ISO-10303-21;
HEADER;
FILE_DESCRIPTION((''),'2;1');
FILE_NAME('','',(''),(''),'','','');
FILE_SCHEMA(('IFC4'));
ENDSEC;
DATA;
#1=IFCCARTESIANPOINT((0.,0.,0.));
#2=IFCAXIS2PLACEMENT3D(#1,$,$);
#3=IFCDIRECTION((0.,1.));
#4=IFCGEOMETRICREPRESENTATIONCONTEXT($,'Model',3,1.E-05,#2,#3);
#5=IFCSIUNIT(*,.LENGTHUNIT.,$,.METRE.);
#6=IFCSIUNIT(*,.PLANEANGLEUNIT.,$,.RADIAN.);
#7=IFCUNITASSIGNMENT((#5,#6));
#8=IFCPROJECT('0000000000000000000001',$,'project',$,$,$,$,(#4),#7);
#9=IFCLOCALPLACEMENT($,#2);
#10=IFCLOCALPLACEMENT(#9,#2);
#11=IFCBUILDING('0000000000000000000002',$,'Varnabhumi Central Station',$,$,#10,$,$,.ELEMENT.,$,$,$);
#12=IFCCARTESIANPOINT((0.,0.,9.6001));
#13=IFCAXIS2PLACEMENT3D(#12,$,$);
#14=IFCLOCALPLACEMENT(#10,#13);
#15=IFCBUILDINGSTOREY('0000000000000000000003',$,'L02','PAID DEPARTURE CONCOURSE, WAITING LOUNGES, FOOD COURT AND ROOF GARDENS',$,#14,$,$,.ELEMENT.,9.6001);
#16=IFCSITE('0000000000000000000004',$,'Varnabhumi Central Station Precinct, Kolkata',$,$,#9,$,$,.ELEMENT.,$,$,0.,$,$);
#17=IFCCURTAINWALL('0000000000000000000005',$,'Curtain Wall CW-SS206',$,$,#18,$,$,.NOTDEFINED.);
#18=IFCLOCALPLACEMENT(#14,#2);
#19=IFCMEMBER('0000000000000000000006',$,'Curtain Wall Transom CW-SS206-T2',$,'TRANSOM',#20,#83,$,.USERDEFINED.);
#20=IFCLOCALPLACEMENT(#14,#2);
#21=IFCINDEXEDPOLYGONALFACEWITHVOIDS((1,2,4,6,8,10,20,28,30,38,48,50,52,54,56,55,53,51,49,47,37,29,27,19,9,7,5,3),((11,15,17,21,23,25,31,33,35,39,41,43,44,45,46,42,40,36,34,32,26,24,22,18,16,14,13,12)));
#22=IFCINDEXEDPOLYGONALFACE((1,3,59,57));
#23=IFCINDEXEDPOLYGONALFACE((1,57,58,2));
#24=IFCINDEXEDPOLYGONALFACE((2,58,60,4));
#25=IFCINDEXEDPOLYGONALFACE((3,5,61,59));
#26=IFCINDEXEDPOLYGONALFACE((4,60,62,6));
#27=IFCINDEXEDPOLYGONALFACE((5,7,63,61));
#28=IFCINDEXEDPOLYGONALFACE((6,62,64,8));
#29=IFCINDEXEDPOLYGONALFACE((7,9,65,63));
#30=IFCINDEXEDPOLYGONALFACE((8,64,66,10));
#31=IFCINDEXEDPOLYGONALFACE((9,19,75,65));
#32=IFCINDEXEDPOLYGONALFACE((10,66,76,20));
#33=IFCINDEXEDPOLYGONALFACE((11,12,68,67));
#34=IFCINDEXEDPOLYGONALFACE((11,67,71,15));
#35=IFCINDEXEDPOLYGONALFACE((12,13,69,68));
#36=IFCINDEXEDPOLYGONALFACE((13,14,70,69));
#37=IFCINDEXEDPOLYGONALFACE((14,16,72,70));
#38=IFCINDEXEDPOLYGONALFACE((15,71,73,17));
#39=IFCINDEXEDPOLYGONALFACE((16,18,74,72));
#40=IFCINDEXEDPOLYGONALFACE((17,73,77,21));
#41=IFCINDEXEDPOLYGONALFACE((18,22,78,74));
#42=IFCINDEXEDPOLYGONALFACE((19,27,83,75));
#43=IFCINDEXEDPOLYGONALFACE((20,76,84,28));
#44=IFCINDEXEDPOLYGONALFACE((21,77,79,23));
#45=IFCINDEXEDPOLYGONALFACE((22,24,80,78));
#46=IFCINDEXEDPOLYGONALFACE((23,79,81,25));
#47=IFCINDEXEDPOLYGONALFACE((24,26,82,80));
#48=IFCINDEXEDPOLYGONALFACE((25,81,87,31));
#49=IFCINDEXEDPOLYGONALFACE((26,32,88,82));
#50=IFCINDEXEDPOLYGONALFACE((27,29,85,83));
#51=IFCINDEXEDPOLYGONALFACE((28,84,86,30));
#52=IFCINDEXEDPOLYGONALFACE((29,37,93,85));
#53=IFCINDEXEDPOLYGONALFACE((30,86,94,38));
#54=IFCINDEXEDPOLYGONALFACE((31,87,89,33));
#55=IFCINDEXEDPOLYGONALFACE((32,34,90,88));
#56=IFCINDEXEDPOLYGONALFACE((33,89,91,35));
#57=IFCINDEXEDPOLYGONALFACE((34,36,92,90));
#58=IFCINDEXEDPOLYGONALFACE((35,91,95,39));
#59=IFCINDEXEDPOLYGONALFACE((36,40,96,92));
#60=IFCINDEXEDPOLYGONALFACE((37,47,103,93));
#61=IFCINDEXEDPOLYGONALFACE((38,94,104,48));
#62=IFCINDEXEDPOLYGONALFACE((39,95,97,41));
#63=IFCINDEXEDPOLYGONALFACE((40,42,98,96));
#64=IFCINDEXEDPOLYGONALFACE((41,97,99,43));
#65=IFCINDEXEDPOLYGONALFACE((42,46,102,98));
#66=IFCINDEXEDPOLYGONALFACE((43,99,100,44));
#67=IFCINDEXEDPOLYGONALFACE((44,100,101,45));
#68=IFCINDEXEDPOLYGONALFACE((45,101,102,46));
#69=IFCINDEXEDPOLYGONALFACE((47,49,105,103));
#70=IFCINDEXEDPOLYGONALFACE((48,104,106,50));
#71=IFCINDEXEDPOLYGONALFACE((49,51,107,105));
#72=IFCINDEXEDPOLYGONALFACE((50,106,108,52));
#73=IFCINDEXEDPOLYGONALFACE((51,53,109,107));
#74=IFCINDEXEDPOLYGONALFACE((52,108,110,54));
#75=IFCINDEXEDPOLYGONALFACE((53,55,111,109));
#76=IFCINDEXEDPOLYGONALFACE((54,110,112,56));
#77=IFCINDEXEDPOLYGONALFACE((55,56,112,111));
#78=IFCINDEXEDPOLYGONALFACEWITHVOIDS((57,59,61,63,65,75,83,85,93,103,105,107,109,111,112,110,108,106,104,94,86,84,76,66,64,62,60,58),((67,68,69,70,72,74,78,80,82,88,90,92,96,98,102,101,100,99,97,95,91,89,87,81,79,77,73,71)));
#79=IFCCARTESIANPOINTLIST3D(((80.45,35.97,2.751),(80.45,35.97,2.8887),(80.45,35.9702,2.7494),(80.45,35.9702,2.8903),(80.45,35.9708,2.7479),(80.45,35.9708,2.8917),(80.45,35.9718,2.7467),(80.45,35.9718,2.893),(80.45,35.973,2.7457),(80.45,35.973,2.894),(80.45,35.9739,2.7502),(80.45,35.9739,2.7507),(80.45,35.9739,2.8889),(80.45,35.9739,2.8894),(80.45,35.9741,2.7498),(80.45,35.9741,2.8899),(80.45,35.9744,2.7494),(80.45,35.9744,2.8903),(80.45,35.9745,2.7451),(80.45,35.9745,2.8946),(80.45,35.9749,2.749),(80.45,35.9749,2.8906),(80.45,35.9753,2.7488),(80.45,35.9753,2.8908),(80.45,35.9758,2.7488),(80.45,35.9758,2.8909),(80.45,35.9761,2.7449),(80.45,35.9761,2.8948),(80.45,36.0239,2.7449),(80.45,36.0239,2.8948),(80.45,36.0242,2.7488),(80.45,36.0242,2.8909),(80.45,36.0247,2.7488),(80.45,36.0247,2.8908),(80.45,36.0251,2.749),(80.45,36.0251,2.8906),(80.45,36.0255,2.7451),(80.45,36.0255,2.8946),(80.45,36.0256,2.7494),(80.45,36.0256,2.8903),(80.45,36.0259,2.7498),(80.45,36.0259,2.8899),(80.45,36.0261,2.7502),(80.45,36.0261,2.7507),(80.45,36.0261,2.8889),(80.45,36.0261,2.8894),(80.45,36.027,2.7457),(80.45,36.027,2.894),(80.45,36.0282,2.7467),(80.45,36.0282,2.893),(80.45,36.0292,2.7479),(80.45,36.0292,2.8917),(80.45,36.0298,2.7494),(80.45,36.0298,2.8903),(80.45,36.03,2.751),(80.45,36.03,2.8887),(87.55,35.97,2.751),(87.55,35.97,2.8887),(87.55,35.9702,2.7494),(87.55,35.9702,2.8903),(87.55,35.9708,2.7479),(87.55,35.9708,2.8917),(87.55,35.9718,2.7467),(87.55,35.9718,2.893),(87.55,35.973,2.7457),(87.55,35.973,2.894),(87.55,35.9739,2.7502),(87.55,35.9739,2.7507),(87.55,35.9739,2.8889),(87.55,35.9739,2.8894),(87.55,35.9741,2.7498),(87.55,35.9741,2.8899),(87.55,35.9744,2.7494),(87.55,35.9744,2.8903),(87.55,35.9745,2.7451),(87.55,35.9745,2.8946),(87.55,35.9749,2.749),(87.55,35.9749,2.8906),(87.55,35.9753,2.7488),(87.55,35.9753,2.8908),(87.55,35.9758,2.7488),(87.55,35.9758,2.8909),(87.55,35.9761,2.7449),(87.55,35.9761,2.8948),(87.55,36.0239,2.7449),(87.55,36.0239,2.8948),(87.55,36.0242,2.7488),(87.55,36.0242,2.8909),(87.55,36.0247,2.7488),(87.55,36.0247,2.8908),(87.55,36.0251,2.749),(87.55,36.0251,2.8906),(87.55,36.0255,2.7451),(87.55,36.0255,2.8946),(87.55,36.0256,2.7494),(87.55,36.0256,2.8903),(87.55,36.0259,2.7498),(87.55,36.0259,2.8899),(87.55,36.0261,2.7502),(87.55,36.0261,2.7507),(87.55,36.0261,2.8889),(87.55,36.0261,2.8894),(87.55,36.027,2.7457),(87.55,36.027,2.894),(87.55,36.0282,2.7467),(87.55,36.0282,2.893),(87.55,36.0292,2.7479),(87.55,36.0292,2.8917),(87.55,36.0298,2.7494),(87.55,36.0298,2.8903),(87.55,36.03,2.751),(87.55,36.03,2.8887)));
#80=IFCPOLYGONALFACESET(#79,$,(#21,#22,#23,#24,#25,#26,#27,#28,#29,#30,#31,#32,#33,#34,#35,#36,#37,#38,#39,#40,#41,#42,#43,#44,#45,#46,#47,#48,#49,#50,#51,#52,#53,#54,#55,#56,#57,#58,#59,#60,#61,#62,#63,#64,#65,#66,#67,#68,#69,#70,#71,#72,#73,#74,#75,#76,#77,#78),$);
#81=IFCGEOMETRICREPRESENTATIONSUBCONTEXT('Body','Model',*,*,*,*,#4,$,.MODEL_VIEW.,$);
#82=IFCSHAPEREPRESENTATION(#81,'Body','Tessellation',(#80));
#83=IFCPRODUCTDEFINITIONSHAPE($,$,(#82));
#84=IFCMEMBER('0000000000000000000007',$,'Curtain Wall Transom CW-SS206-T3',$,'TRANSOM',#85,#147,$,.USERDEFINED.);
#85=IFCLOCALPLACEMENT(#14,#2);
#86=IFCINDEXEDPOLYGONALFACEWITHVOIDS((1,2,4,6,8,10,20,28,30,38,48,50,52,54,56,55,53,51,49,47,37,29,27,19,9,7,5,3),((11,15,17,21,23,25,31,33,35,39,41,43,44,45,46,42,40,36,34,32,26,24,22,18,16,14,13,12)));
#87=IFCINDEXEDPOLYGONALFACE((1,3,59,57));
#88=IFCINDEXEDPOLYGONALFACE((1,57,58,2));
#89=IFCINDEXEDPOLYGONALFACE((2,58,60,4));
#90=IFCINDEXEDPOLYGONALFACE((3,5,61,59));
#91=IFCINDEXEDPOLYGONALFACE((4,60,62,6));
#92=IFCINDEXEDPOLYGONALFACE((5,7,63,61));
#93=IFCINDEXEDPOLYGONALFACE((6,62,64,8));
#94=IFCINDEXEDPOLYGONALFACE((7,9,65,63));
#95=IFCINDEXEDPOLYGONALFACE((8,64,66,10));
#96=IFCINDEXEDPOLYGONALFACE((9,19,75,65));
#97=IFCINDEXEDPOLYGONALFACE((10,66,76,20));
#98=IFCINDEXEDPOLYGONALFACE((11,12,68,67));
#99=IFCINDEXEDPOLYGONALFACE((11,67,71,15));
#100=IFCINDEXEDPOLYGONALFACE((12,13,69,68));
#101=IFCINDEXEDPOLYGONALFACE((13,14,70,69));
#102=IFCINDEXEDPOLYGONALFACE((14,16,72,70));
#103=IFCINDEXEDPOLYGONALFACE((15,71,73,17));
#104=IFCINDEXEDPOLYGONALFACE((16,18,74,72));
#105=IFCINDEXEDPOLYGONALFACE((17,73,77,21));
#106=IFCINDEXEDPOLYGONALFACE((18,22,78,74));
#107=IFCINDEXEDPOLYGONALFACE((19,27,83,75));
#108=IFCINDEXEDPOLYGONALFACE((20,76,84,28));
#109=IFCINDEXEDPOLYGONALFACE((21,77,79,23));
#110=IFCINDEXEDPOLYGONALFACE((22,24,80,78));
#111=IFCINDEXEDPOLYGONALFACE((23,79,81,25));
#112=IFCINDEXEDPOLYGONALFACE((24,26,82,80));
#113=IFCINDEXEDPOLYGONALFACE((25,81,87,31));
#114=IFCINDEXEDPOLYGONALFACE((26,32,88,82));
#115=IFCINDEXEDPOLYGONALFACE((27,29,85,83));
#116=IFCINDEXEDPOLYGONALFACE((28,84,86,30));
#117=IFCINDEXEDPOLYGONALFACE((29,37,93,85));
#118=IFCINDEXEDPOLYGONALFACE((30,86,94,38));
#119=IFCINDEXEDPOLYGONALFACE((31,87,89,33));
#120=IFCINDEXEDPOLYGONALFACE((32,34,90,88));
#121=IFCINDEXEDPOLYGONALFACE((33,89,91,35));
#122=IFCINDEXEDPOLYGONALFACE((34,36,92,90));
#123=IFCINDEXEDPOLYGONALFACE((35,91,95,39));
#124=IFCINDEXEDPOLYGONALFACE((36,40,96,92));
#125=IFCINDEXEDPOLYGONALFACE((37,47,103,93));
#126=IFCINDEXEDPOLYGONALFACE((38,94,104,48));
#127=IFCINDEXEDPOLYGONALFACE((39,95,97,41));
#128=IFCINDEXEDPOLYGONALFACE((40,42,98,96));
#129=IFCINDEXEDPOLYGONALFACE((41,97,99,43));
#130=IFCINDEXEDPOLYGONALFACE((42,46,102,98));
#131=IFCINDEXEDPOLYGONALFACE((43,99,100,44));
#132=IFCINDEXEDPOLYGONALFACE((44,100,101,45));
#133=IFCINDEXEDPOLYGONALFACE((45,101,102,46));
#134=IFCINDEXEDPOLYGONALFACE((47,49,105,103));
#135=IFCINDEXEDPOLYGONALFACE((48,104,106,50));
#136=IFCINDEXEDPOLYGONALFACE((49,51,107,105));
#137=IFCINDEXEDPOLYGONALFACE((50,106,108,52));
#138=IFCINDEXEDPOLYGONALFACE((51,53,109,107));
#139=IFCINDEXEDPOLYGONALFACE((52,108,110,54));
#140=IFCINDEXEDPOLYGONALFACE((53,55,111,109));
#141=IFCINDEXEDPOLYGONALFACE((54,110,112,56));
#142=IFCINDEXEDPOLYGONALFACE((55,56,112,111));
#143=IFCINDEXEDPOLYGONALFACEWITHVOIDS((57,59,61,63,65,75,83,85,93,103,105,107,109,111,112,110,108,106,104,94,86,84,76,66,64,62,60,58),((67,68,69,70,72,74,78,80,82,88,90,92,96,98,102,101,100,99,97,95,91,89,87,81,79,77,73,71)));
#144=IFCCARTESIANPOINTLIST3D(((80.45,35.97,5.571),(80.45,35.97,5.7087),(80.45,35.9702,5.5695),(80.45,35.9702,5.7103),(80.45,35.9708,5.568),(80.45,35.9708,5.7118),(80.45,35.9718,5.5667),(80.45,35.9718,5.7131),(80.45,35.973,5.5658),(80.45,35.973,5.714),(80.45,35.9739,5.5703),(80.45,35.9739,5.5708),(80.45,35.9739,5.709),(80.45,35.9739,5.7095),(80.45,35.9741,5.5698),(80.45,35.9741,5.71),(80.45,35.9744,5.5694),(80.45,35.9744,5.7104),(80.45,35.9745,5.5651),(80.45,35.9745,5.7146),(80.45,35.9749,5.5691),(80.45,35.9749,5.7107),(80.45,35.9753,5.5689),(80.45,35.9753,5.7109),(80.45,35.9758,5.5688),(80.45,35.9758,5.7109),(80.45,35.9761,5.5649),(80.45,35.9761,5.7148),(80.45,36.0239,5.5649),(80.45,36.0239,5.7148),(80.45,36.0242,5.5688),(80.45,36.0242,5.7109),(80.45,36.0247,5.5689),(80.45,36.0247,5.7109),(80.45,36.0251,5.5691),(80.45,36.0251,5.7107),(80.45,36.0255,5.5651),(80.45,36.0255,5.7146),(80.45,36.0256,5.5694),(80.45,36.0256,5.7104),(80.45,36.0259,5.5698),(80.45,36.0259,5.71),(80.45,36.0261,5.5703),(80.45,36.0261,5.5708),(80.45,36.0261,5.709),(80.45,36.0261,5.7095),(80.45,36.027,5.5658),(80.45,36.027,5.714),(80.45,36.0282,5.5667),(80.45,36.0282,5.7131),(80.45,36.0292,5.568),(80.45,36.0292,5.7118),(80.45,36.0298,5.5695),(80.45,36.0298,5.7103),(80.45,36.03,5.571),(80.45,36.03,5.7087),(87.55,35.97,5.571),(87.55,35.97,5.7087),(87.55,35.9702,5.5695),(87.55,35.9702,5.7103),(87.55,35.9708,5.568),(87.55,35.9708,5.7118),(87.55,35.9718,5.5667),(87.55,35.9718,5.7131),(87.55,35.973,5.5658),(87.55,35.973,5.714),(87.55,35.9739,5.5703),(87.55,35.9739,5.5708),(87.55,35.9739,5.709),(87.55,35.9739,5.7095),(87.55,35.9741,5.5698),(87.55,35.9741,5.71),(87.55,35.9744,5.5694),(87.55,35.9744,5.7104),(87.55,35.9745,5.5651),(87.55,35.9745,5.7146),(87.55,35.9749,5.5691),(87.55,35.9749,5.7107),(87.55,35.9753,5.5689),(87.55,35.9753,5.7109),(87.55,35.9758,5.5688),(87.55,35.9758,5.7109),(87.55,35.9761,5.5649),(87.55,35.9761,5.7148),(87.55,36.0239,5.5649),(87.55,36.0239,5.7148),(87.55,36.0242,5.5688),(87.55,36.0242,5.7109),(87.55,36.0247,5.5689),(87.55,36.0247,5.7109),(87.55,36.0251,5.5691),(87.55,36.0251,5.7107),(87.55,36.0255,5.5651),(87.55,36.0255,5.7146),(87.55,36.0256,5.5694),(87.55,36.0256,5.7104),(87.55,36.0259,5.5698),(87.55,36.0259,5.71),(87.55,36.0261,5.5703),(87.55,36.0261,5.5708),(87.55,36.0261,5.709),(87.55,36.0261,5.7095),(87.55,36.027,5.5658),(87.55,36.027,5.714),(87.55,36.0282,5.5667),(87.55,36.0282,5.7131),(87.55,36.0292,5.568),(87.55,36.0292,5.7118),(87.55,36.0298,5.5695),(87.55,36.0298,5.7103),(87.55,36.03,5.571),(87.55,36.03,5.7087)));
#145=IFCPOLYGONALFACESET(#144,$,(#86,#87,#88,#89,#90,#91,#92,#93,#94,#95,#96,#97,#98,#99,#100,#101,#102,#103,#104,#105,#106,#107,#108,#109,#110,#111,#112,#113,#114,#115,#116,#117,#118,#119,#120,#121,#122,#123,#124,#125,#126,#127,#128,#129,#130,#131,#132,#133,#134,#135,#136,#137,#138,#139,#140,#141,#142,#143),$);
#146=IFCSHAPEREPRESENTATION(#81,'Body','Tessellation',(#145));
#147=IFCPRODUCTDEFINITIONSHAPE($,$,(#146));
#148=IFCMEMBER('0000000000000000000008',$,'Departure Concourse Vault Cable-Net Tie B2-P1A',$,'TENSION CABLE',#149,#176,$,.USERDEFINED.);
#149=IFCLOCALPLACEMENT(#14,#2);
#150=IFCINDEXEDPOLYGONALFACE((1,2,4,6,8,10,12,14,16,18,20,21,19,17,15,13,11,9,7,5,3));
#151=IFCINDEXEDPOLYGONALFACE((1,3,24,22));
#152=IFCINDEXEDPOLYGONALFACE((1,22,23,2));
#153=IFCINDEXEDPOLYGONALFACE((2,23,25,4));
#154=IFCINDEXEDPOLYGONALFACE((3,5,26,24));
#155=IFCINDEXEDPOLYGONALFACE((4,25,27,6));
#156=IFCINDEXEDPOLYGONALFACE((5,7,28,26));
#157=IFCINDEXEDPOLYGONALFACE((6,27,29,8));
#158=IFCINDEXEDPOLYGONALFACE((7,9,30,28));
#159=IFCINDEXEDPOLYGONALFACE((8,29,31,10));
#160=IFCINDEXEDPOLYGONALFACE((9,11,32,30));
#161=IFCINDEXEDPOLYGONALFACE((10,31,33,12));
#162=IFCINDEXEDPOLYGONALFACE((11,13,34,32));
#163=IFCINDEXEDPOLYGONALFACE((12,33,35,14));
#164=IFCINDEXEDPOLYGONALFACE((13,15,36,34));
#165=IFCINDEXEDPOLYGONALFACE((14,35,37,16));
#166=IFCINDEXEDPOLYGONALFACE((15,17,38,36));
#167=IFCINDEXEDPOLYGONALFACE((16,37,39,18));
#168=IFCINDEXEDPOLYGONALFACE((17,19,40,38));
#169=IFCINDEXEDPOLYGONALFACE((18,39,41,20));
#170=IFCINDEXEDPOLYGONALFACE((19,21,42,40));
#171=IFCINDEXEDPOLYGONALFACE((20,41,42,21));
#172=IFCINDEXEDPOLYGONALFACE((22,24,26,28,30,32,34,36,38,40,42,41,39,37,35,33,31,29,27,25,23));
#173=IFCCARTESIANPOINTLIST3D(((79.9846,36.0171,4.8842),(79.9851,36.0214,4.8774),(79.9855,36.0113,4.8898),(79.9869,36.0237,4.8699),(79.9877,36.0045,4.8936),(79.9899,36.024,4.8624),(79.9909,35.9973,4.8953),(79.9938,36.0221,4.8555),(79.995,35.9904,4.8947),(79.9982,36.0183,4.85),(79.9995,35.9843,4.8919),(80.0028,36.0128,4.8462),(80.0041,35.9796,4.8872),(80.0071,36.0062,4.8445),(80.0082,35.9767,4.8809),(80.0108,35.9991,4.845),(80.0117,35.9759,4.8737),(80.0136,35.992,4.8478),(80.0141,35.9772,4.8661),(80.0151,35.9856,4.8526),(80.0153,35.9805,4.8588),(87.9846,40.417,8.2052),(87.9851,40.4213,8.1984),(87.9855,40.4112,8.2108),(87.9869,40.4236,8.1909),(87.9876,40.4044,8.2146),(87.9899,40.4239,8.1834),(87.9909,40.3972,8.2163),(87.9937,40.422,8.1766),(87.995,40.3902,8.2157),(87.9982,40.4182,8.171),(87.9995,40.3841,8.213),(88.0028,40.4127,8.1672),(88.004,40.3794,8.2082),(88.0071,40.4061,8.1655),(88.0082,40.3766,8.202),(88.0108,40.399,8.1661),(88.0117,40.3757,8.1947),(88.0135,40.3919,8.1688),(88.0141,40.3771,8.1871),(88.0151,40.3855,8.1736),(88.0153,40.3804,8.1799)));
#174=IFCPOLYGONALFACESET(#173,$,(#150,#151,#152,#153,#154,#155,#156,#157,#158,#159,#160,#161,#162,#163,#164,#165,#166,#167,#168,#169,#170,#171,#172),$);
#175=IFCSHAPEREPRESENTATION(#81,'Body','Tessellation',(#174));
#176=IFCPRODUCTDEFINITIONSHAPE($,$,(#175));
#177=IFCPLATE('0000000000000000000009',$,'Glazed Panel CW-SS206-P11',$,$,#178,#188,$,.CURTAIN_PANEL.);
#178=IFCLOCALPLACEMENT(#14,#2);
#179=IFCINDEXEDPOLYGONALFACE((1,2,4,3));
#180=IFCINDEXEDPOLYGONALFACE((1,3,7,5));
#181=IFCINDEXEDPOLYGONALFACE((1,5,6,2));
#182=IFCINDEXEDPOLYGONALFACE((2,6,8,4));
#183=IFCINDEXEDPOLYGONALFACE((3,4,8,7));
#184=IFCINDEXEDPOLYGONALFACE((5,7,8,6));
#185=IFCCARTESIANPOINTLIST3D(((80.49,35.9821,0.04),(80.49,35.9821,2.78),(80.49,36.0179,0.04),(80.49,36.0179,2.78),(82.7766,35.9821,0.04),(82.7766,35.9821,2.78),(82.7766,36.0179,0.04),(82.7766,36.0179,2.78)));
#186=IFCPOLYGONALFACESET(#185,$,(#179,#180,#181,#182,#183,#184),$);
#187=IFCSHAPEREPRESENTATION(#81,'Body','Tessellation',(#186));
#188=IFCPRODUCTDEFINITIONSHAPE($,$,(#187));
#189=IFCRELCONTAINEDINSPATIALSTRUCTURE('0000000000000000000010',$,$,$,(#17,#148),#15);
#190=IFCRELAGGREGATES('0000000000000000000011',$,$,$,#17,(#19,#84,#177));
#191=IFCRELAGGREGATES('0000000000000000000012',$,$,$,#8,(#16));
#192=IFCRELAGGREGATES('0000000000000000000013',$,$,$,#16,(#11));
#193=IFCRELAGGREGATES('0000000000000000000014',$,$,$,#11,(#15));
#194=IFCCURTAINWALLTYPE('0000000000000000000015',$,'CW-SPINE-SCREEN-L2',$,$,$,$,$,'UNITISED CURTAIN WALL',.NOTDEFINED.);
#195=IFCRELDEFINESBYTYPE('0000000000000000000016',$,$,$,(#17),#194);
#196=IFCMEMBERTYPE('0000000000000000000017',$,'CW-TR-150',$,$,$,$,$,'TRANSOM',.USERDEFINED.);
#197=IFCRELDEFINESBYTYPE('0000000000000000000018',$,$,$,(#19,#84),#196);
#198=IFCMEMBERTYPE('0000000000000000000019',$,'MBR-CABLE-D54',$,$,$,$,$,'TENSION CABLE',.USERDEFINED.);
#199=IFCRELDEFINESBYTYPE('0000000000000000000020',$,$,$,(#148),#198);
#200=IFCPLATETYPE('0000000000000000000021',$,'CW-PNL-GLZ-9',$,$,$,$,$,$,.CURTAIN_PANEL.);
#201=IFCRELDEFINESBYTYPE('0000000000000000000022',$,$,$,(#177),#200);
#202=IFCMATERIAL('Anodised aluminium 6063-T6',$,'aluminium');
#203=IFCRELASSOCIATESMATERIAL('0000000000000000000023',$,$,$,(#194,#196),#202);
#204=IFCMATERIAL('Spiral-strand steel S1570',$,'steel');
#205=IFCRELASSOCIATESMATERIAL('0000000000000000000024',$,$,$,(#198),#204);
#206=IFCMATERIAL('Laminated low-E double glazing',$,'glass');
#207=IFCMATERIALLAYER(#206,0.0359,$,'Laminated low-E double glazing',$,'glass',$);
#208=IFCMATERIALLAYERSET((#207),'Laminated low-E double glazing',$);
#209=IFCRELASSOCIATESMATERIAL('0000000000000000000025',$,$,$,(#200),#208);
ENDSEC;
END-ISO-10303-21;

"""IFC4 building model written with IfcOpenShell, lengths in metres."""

from ifc_helpers import new_model, si_unit, direction, frame, origin, origin_2d, place, context, subcontext, project, spatial, rectangle, hollow_rectangle, circle, extrude, material, layer, layer_set, material_profile, profile_set, type_object, element, aggregate, save


model = new_model("IFC4")

# Units and contexts
model_context = context("Model", 3, precision=1e-05, world=origin(), true_north=direction((0.0, 1.0)))
body_context = subcontext(model_context, "Body", "Model", "MODEL_VIEW")
ifc_project = project(units=[si_unit("LENGTHUNIT", "METRE"), si_unit("PLANEANGLEUNIT", "RADIAN")], contexts=[model_context])

# Site, building, storey
site_placement = place(None, origin())
site = spatial("IfcSite", under=ifc_project, at=site_placement, Name="Varnabhumi Central Station Precinct, Kolkata", CompositionType="ELEMENT", RefElevation=0.0)
building_placement = place(site_placement, origin())
building = spatial("IfcBuilding", under=site, at=building_placement, Name="Varnabhumi Central Station", CompositionType="ELEMENT")
storey_placement = place(building_placement, frame((0.0, 0.0, 9.6001)))
storey = spatial("IfcBuildingStorey", under=building, at=storey_placement, Name="L02", Description="PAID DEPARTURE CONCOURSE, WAITING LOUNGES, FOOD COURT AND ROOF GARDENS", CompositionType="ELEMENT", Elevation=9.6001)

# Curtain wall, members
ifc_material_1 = material(Name="Anodised aluminium 6063-T6", Category="aluminium")
curtain_wall_type = type_object("IfcCurtainWallType", Name="CW-SPINE-SCREEN-L2", ElementType="UNITISED CURTAIN WALL", PredefinedType="NOTDEFINED", material=ifc_material_1)
curtain_wall_placement = place(storey_placement, origin())
curtain_wall = element("IfcCurtainWall", 1, at=curtain_wall_placement, inside=storey, type_object=curtain_wall_type, Name="Curtain Wall CW-SS206", PredefinedType="NOTDEFINED")
ifc_material_profile_1 = material_profile(ifc_material_1, hollow_rectangle(XDim=0.0601, YDim=0.1499, WallThickness=0.0039, InnerFilletRadius=0.002, OuterFilletRadius=0.0061, at=origin_2d()), Name="Anodised aluminium 6063-T6", Category="aluminium")
ifc_profile_set_1 = profile_set([ifc_material_profile_1], Name="Anodised aluminium 6063-T6")
member_type_1 = type_object("IfcMemberType", Name="CW-TR-150", ElementType="TRANSOM", PredefinedType="USERDEFINED", material=ifc_profile_set_1)
member_1_placement = place(storey_placement, frame((80.45, 36.0, 2.8198), z_axis=(1.0, 0.0, 0.0), x_axis=(0.0, 1.0, 0.0)))
member_1 = element("IfcMember", 2, at=member_1_placement, type_object=member_type_1, Name="Curtain Wall Transom CW-SS206-T2", ObjectType="TRANSOM", PredefinedType="USERDEFINED", context=body_context, shape_type="SweptSolid", body=[
    extrude(hollow_rectangle(XDim=0.0601, YDim=0.1499, WallThickness=0.0039, InnerFilletRadius=0.002, OuterFilletRadius=0.0061, at=origin_2d()), origin(), (0.0, 0.0, 1.0), 7.1001),
])
member_2_placement = place(storey_placement, frame((80.45, 36.0, 5.6399), z_axis=(1.0, 0.0, 0.0), x_axis=(0.0, 1.0, 0.0)))
member_2 = element("IfcMember", 3, at=member_2_placement, type_object=member_type_1, Name="Curtain Wall Transom CW-SS206-T3", ObjectType="TRANSOM", PredefinedType="USERDEFINED", context=body_context, shape_type="SweptSolid", body=[
    extrude(hollow_rectangle(XDim=0.0601, YDim=0.1499, WallThickness=0.0039, InnerFilletRadius=0.002, OuterFilletRadius=0.0061, at=origin_2d()), origin(), (0.0, 0.0, 1.0), 7.1001),
])

# Member
ifc_material_2 = material(Name="Spiral-strand steel S1570", Category="steel")
ifc_material_profile_2 = material_profile(ifc_material_2, circle(Radius=0.0271, at=origin_2d()), Name="Spiral-strand steel S1570", Category="steel")
ifc_profile_set_2 = profile_set([ifc_material_profile_2], Name="Spiral-strand steel S1570")
member_type_2 = type_object("IfcMemberType", Name="MBR-CABLE-D54", ElementType="TENSION CABLE", PredefinedType="USERDEFINED", material=ifc_profile_set_2)
member_3_placement = place(storey_placement, frame((80.0, 36.0, 4.8699), z_axis=(0.823437, 0.45288, 0.341834), x_axis=(-0.481911, 0.87622, 0.0)))
element("IfcMember", 4, at=member_3_placement, inside=storey, type_object=member_type_2, Name="Departure Concourse Vault Cable-Net Tie B2-P1A", ObjectType="TENSION CABLE", PredefinedType="USERDEFINED", context=body_context, shape_type="SweptSolid", body=[
    extrude(circle(Radius=0.0271, at=origin_2d()), origin(), (0.0, 0.0, 1.0), 9.7153),
])

# Plate
ifc_material_3 = material(Name="Laminated low-E double glazing", Category="glass")
ifc_layer_1 = layer(ifc_material_3, 0.0359, Name="Laminated low-E double glazing", Category="glass")
ifc_layer_set_1 = layer_set([ifc_layer_1], Name="Laminated low-E double glazing")
plate_type_1 = type_object("IfcPlateType", Name="CW-PNL-GLZ-9", PredefinedType="CURTAIN_PANEL", material=ifc_layer_set_1)
plate_1_placement = place(storey_placement, frame((81.6333, 36.0, 0.04), z_axis=(0.0, 0.0, 1.0), x_axis=(1.0, 0.0, 0.0)))
plate_1 = element("IfcPlate", 5, at=plate_1_placement, type_object=plate_type_1, Name="Glazed Panel CW-SS206-P11", PredefinedType="CURTAIN_PANEL", context=body_context, shape_type="SweptSolid", body=[
    extrude(rectangle(XDim=2.2866, YDim=0.0359, at=origin_2d()), origin(), (0.0, 0.0, 1.0), 2.74),
])
aggregate(curtain_wall, [member_1, member_2, plate_1])

save(model, "model.ifc")
